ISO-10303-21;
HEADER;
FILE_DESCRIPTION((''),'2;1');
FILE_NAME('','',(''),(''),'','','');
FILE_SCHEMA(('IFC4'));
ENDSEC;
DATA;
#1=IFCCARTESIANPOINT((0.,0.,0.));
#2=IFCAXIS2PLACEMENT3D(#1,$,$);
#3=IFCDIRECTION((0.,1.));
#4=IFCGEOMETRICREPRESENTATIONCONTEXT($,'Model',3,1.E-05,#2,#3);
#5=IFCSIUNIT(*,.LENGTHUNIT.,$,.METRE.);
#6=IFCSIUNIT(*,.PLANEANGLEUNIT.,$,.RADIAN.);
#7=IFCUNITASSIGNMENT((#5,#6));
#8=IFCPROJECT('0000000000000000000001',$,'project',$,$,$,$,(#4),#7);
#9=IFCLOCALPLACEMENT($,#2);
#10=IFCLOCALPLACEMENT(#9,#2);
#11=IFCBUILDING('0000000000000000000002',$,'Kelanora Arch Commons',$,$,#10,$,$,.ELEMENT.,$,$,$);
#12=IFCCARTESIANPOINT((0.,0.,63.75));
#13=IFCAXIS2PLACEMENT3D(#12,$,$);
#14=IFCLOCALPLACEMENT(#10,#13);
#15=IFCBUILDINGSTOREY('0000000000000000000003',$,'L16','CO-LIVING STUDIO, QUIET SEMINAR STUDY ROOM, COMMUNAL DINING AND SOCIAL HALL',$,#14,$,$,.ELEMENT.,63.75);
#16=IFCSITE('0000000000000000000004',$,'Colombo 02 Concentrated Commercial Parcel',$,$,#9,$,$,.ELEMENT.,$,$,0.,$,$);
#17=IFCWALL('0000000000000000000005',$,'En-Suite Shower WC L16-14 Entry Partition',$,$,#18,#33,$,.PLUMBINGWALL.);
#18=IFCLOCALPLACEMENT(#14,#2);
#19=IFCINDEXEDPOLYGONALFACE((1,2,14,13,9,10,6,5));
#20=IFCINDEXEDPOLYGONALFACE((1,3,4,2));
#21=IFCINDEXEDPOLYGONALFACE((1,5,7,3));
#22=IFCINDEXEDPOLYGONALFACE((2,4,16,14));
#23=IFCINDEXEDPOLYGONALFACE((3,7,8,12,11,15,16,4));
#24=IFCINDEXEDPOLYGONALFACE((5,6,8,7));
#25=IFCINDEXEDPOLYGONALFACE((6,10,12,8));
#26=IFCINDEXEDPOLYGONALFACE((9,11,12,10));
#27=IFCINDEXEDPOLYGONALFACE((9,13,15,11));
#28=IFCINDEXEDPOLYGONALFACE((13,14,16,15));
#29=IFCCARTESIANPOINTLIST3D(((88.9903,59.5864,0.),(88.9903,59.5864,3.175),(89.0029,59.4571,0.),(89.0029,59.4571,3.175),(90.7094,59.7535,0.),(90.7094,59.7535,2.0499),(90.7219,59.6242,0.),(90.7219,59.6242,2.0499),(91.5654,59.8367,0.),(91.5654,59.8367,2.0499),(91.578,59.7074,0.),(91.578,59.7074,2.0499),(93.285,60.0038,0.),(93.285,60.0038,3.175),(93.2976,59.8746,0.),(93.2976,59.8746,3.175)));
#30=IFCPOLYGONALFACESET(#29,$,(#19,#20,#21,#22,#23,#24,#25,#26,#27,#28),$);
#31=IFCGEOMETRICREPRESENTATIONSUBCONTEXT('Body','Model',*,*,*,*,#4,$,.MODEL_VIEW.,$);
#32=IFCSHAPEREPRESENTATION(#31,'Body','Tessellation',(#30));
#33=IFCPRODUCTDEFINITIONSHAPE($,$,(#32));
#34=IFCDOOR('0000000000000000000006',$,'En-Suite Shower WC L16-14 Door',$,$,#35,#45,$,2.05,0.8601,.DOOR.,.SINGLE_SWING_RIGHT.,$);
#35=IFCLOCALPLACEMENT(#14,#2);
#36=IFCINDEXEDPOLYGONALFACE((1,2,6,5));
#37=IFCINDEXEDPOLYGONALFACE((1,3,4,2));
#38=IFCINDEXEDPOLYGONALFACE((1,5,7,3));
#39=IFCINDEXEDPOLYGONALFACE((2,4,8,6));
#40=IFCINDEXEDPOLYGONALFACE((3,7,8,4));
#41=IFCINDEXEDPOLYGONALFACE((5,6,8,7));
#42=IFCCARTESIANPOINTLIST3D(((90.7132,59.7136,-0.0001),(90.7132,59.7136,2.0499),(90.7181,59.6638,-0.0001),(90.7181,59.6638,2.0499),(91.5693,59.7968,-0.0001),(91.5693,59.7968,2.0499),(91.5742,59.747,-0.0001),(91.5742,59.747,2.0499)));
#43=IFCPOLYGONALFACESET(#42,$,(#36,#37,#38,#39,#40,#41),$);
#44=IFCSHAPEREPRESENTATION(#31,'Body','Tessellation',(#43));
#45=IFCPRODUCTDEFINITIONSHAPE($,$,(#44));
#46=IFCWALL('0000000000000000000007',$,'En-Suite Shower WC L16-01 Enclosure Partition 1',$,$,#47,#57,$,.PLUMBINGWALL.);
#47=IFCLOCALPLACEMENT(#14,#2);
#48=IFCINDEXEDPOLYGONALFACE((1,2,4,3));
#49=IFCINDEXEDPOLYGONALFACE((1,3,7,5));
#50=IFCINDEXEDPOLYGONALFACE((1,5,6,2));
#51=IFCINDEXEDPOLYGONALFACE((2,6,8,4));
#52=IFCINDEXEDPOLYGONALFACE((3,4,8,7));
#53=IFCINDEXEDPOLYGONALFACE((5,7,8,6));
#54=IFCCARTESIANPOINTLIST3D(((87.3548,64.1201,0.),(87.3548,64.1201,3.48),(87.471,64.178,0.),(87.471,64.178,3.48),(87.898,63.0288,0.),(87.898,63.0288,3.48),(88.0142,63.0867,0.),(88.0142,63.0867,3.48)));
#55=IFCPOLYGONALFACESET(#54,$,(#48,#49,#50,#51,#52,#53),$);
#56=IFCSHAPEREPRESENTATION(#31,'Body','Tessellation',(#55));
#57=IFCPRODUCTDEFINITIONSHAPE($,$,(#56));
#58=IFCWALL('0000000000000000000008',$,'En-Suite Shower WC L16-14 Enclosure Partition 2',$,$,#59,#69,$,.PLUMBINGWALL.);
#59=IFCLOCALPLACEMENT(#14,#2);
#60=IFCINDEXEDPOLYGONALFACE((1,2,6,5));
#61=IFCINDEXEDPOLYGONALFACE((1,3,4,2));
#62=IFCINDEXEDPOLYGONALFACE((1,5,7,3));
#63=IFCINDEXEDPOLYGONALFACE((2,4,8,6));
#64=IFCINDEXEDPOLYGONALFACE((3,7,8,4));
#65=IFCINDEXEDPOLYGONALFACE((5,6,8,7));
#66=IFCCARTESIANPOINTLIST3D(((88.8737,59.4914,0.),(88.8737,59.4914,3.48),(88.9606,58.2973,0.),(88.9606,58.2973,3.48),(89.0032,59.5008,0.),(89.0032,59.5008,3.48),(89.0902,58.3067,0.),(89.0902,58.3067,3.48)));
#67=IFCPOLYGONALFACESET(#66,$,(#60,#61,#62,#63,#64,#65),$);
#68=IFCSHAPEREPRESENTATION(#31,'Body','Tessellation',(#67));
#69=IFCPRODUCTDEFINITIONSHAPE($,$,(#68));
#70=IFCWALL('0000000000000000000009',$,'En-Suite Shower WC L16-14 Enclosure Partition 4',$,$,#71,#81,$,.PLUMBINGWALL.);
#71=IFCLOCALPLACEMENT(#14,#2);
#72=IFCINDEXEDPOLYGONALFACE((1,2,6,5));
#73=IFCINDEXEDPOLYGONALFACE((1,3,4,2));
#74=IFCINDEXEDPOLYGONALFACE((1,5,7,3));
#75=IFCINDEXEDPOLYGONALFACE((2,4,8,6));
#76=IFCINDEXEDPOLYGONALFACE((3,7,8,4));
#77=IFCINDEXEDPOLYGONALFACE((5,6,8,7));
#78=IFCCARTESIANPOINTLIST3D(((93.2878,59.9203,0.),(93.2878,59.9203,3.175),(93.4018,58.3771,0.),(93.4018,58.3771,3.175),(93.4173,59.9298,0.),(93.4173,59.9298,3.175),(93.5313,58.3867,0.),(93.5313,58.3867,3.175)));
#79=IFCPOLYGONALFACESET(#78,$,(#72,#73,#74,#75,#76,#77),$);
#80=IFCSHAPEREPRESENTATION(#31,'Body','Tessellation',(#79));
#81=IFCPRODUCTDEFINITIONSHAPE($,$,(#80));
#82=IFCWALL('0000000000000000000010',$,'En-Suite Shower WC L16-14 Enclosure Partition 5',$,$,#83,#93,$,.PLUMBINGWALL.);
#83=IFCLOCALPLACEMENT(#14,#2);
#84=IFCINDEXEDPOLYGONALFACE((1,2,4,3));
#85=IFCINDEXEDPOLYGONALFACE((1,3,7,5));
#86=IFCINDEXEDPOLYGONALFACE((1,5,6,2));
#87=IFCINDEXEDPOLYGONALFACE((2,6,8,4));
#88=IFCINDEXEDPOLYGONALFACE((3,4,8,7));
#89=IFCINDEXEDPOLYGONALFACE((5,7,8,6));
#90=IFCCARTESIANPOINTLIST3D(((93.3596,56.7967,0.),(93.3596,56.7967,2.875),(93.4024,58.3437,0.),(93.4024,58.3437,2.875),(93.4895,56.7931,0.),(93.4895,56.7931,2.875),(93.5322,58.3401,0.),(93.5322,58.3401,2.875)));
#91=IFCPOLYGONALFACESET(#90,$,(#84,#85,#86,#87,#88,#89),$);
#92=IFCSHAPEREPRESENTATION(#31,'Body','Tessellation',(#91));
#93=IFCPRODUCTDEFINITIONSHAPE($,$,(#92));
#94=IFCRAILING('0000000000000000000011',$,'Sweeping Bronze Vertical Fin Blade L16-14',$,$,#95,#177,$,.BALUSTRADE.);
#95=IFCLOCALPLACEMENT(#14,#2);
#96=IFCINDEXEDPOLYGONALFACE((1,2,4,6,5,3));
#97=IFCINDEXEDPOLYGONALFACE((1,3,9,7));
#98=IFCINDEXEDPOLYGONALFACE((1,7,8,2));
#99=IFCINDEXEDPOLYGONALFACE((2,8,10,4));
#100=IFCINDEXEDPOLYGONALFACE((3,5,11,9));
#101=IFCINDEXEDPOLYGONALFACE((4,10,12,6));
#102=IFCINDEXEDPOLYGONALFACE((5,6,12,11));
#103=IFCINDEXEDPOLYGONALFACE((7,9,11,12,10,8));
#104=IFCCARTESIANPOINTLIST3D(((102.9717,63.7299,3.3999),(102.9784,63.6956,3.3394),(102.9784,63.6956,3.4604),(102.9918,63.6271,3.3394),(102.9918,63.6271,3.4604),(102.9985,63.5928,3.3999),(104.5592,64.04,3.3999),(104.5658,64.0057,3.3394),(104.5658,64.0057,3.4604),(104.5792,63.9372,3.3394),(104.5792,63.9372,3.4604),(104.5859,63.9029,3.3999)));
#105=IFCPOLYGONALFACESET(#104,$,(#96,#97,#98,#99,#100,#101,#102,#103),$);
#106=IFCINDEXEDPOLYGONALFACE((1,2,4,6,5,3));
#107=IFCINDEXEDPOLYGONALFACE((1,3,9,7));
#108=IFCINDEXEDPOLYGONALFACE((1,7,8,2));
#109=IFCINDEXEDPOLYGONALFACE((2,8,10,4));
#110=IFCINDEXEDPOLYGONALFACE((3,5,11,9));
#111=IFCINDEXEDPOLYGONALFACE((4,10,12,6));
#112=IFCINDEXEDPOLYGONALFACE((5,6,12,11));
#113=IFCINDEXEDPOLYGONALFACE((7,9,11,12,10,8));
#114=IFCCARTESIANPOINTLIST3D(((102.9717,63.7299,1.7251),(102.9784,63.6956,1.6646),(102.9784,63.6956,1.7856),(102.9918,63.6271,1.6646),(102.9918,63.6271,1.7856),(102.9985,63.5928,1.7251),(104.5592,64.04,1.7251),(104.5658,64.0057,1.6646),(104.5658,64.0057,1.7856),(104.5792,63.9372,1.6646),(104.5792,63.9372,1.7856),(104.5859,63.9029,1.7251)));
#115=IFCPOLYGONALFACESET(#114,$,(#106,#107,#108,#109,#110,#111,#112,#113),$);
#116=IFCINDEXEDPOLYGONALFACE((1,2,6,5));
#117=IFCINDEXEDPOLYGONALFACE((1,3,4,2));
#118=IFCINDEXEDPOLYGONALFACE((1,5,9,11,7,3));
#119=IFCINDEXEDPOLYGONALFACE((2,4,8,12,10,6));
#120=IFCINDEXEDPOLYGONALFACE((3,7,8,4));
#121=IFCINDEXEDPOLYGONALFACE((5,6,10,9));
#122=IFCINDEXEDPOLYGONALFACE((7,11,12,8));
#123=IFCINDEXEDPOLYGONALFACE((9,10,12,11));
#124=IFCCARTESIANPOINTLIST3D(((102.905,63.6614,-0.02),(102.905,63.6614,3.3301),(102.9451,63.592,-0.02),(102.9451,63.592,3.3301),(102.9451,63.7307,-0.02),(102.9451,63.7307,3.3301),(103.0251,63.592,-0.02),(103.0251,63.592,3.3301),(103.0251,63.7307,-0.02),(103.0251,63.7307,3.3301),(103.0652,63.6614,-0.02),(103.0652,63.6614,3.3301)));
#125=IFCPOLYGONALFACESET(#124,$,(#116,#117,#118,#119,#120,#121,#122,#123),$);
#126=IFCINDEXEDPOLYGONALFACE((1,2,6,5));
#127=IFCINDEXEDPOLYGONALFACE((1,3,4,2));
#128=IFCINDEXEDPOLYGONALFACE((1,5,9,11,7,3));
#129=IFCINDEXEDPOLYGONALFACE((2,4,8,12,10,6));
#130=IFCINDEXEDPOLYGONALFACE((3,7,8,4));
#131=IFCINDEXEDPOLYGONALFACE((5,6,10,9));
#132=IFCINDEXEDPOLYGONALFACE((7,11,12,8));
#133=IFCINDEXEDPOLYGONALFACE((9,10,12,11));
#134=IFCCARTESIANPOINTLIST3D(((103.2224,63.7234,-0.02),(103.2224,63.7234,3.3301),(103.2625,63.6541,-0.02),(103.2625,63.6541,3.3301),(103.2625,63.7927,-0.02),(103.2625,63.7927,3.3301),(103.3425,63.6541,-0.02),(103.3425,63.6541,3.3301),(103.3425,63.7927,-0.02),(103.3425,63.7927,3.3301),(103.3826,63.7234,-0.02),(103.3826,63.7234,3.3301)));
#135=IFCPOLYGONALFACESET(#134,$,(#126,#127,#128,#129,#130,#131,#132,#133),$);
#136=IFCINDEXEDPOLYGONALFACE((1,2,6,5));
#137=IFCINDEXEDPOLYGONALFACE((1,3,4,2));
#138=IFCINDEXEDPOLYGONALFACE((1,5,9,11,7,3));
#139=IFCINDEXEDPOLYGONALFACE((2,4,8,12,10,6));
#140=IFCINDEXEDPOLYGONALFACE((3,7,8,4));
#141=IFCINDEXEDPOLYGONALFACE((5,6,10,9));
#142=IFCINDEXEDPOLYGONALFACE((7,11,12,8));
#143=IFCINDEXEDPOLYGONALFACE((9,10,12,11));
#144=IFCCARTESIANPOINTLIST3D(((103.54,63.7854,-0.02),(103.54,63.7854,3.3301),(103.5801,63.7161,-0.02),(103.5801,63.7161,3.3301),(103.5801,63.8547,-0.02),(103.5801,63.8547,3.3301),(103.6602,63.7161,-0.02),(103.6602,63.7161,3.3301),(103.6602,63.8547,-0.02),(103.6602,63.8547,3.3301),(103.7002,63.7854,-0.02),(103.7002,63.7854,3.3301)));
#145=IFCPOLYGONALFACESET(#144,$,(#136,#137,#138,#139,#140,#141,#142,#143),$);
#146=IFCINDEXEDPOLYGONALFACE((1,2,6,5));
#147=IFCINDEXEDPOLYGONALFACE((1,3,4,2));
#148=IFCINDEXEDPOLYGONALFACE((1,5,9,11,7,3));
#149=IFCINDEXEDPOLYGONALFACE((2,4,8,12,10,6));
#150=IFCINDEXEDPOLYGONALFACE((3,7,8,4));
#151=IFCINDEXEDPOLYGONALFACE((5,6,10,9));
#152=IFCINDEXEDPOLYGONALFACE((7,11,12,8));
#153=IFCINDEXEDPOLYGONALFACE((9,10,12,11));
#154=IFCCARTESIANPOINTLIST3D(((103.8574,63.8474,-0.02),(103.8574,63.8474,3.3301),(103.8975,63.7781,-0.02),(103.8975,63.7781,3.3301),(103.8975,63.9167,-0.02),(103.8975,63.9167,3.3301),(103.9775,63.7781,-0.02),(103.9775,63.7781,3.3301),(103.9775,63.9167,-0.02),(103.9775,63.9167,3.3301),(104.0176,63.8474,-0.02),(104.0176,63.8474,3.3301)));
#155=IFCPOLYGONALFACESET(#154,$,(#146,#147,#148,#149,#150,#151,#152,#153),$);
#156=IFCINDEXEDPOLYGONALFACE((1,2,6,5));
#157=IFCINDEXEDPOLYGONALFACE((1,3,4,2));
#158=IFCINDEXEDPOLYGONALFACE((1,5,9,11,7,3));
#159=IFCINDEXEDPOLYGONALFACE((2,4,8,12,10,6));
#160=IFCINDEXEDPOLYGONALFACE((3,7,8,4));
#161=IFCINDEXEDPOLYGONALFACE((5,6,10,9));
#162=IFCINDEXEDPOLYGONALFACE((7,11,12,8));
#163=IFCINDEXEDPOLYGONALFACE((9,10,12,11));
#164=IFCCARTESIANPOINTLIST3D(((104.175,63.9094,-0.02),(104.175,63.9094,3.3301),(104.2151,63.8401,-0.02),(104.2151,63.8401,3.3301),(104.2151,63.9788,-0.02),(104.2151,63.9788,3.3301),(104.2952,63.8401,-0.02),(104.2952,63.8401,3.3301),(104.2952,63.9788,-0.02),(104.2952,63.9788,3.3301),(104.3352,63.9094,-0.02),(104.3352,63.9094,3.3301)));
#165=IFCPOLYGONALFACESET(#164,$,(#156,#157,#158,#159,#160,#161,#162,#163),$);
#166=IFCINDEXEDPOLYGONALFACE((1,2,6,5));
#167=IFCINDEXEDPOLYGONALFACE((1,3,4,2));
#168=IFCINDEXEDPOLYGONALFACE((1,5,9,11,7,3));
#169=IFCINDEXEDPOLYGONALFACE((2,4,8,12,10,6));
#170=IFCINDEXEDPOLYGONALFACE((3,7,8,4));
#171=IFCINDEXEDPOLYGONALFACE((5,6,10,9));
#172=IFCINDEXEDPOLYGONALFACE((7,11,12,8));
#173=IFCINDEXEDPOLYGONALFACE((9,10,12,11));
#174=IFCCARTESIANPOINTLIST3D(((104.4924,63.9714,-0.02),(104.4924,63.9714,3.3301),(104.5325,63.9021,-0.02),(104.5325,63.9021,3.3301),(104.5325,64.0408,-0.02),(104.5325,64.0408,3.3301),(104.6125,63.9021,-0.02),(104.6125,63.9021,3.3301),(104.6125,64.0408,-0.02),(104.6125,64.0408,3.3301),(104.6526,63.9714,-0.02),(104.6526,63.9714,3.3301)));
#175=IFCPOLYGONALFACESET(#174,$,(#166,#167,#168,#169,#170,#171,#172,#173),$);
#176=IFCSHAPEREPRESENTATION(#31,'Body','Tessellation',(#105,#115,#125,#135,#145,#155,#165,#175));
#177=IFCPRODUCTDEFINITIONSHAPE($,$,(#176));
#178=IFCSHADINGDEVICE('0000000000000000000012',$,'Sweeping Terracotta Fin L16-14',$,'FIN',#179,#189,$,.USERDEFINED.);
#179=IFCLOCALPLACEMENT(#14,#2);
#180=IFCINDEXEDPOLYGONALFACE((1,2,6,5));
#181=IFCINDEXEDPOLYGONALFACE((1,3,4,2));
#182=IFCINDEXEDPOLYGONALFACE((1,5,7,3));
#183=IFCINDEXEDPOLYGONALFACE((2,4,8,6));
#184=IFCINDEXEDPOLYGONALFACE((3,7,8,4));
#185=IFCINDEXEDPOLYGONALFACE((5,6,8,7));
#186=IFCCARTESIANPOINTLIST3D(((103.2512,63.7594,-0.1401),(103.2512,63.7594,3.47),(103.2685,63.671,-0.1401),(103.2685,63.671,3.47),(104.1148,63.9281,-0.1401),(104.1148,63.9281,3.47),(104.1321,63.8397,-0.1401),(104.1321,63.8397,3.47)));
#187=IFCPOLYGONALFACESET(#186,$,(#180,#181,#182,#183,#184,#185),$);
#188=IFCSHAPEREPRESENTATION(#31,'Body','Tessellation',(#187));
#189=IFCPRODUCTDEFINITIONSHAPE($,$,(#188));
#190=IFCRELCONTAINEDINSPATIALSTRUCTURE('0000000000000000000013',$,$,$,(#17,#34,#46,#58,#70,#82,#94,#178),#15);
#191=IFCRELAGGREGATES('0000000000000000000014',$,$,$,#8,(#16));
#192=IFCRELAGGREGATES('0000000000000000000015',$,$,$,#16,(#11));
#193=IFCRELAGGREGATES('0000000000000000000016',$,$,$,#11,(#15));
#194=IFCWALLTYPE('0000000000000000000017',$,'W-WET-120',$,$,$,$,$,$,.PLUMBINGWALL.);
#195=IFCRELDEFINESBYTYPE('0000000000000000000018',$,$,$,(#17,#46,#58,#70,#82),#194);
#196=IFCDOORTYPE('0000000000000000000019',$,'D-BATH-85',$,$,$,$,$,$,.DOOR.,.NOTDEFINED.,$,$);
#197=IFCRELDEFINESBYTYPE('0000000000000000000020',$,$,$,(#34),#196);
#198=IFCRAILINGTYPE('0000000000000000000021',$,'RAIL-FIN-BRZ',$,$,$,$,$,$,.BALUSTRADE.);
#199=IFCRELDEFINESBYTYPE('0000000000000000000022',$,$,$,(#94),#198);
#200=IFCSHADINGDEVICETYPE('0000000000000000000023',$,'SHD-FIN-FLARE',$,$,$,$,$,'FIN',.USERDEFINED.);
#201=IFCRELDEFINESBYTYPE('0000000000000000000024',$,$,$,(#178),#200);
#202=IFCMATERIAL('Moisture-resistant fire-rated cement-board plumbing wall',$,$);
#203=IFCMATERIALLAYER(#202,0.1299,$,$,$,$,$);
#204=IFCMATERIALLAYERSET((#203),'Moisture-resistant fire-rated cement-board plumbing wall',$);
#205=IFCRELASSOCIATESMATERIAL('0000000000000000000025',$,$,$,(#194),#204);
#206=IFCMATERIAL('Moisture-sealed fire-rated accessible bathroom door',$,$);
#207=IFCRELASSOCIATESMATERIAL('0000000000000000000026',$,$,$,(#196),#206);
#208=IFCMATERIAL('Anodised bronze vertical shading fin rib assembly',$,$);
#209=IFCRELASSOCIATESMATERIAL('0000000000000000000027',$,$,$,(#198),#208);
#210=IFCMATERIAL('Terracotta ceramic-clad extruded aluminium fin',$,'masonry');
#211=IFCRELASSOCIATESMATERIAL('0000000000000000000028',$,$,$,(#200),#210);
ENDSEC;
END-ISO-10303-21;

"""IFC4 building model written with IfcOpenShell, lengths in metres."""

from ifc_helpers import new_model, si_unit, direction, frame, frame_2d, origin, origin_2d, place, context, subcontext, project, spatial, polyline, rectangle, outline, extrude, source, transform, mapped, material, layer, layer_set, type_object, element, fill, save


model = new_model("IFC4")

# Units and contexts
model_context = context("Model", 3, precision=1e-05, world=origin(), true_north=direction((0.0, 1.0)))
body_context = subcontext(model_context, "Body", "Model", "MODEL_VIEW")
ifc_project = project(units=[si_unit("LENGTHUNIT", "METRE"), si_unit("PLANEANGLEUNIT", "RADIAN")], contexts=[model_context])

# Site, building, storey
site_placement = place(None, origin())
site = spatial("IfcSite", under=ifc_project, at=site_placement, Name="Colombo 02 Concentrated Commercial Parcel", CompositionType="ELEMENT", RefElevation=0.0)
building_placement = place(site_placement, origin())
building = spatial("IfcBuilding", under=site, at=building_placement, Name="Kelanora Arch Commons", CompositionType="ELEMENT")
storey_placement = place(building_placement, frame((0.0, 0.0, 63.75)))
storey = spatial("IfcBuildingStorey", under=building, at=storey_placement, Name="L16", Description="CO-LIVING STUDIO, QUIET SEMINAR STUDY ROOM, COMMUNAL DINING AND SOCIAL HALL", CompositionType="ELEMENT", Elevation=63.75)

# Wall, opening, door
ifc_material_1 = material(Name="Moisture-resistant fire-rated cement-board plumbing wall")
ifc_layer_1 = layer(ifc_material_1, 0.1299)
ifc_layer_set_1 = layer_set([ifc_layer_1], Name="Moisture-resistant fire-rated cement-board plumbing wall")
wall_type_1 = type_object("IfcWallType", Name="W-WET-120", PredefinedType="PLUMBINGWALL", material=ifc_layer_set_1)
wall_1_placement = place(storey_placement, frame((88.9966, 59.5217, 0.0), z_axis=(0.0, 0.0, 1.0), x_axis=(0.995308, 0.096753, 0.0)))
wall_1 = element("IfcWall", 1, at=wall_1_placement, inside=storey, type_object=wall_type_1, Name="En-Suite Shower WC L16-14 Entry Partition", PredefinedType="PLUMBINGWALL", context=body_context, shape_type="SweptSolid", body=[
    extrude(rectangle(XDim=4.3149, YDim=0.1299, at=frame_2d((2.1575, 0.0))), origin(), (0.0, 0.0, 1.0), 3.175),
])
opening_1_placement = place(wall_1_placement, frame((1.7271, 0.0, 0.0)))
opening_1 = element("IfcOpeningElement", 2, at=opening_1_placement, cuts=wall_1, PredefinedType="OPENING", context=body_context, shape_type="SweptSolid", body=[
    extrude(rectangle(XDim=0.8601, YDim=2.05, at=frame_2d((0.4302, 1.0249))), frame((0.0, 0.075, 0.0), z_axis=(0.0, -1.0, 0.0), x_axis=(1.0, 0.0, 0.0)), (0.0, 0.0, 1.0), 0.1499),
])
ifc_material_2 = material(Name="Moisture-sealed fire-rated accessible bathroom door")
door_type_1 = type_object("IfcDoorType", Name="D-BATH-85", OperationType="NOTDEFINED", PredefinedType="DOOR", material=ifc_material_2)
door_1_placement = place(opening_1_placement, origin())
door_1 = element("IfcDoor", 3, at=door_1_placement, inside=storey, type_object=door_type_1, Name="En-Suite Shower WC L16-14 Door", OperationType="SINGLE_SWING_RIGHT", OverallHeight=2.05, OverallWidth=0.8601, PredefinedType="DOOR", context=body_context, shape_type="SweptSolid", body=[
    extrude(rectangle(XDim=0.8601, YDim=2.05, at=frame_2d((0.4302, 1.0249))), frame((0.0, 0.0249, 0.0), z_axis=(0.0, -1.0, 0.0), x_axis=(1.0, 0.0, 0.0)), (0.0, 0.0, 1.0), 0.05),
])
fill(opening_1, door_1)

# Walls
wall_2_placement = place(storey_placement, frame((87.9561, 63.0579, 0.0), z_axis=(0.0, 0.0, 1.0), x_axis=(-0.445611, 0.895227, 0.0)))
element("IfcWall", 4, at=wall_2_placement, inside=storey, type_object=wall_type_1, Name="En-Suite Shower WC L16-01 Enclosure Partition 1", PredefinedType="PLUMBINGWALL", context=body_context, shape_type="SweptSolid", body=[
    extrude(rectangle(XDim=1.219, YDim=0.1299, at=frame_2d((0.6094, 0.0))), origin(), (0.0, 0.0, 1.0), 3.48),
])
wall_3_placement = place(storey_placement, frame((89.0254, 58.302, 0.0), z_axis=(0.0, 0.0, 1.0), x_axis=(-0.072595, 0.997362, 0.0)))
element("IfcWall", 5, at=wall_3_placement, inside=storey, type_object=wall_type_1, Name="En-Suite Shower WC L16-14 Enclosure Partition 2", PredefinedType="PLUMBINGWALL", context=body_context, shape_type="SweptSolid", body=[
    extrude(rectangle(XDim=1.1973, YDim=0.1299, at=frame_2d((0.5986, 0.0))), origin(), (0.0, 0.0, 1.0), 3.48),
])
wall_4_placement = place(storey_placement, frame((93.3525, 59.925, 0.0), z_axis=(0.0, 0.0, 1.0), x_axis=(0.07368, -0.997282, 0.0)))
element("IfcWall", 6, at=wall_4_placement, inside=storey, type_object=wall_type_1, Name="En-Suite Shower WC L16-14 Enclosure Partition 4", PredefinedType="PLUMBINGWALL", context=body_context, shape_type="SweptSolid", body=[
    extrude(rectangle(XDim=1.5474, YDim=0.1299, at=frame_2d((0.7737, 0.0))), origin(), (0.0, 0.0, 1.0), 3.175),
])
wall_5_placement = place(storey_placement, frame((93.4673, 58.342, 0.0), z_axis=(0.0, 0.0, 1.0), x_axis=(-0.027605, -0.999619, 0.0)))
element("IfcWall", 7, at=wall_5_placement, inside=storey, type_object=wall_type_1, Name="En-Suite Shower WC L16-14 Enclosure Partition 5", PredefinedType="PLUMBINGWALL", context=body_context, shape_type="SweptSolid", body=[
    extrude(rectangle(XDim=1.5476, YDim=0.1299, at=frame_2d((0.7739, 0.0))), origin(), (0.0, 0.0, 1.0), 2.875),
])

# Railing
ifc_material_3 = material(Name="Anodised bronze vertical shading fin rib assembly")
railing_type_1 = type_object("IfcRailingType", Name="RAIL-FIN-BRZ", PredefinedType="BALUSTRADE", material=ifc_material_3)
railing_1_placement = place(storey_placement, frame((102.9851, 63.6614, -0.02)))
element("IfcRailing", 8, at=railing_1_placement, inside=storey, type_object=railing_type_1, Name="Sweeping Bronze Vertical Fin Blade L16-14", PredefinedType="BALUSTRADE", context=body_context, shape_type="SweptSolid", body=[
    extrude(outline(polyline([(0.0698, 0.0), (0.0349, 0.0605), (-0.0349, 0.0605), (-0.0698, 0.0), (-0.0349, -0.0605), (0.0349, -0.0605), (0.0698, 0.0)])), frame((0.0, 0.0, 3.4199), z_axis=(0.981453, 0.191702, 0.0), x_axis=(-0.191702, 0.981453, 0.0)), (0.0, 0.0, 1.0), 1.6174),
    extrude(outline(polyline([(0.0698, 0.0), (0.0349, 0.0605), (-0.0349, 0.0605), (-0.0698, 0.0), (-0.0349, -0.0605), (0.0349, -0.0605), (0.0698, 0.0)])), frame((0.0, 0.0, 1.7451), z_axis=(0.981453, 0.191702, 0.0), x_axis=(-0.191702, 0.981453, 0.0)), (0.0, 0.0, 1.0), 1.6174),
    extrude(outline(polyline([(0.0801, 0.0), (0.04, 0.0693), (-0.04, 0.0693), (-0.0801, 0.0), (-0.04, -0.0693), (0.04, -0.0693), (0.0801, 0.0)])), origin(), (0.0, 0.0, 1.0), 3.3501),
    extrude(outline(polyline([(0.0801, 0.0), (0.04, 0.0693), (-0.04, 0.0693), (-0.0801, 0.0), (-0.04, -0.0693), (0.04, -0.0693), (0.0801, 0.0)])), frame((0.3174, 0.062, 0.0)), (0.0, 0.0, 1.0), 3.3501),
    extrude(outline(polyline([(0.0801, 0.0), (0.04, 0.0693), (-0.04, 0.0693), (-0.0801, 0.0), (-0.04, -0.0693), (0.04, -0.0693), (0.0801, 0.0)])), frame((0.635, 0.124, 0.0)), (0.0, 0.0, 1.0), 3.3501),
    extrude(outline(polyline([(0.0801, 0.0), (0.04, 0.0693), (-0.04, 0.0693), (-0.0801, 0.0), (-0.04, -0.0693), (0.04, -0.0693), (0.0801, 0.0)])), frame((0.9524, 0.186, 0.0)), (0.0, 0.0, 1.0), 3.3501),
    extrude(outline(polyline([(0.0801, 0.0), (0.04, 0.0693), (-0.04, 0.0693), (-0.0801, 0.0), (-0.04, -0.0693), (0.04, -0.0693), (0.0801, 0.0)])), frame((1.27, 0.248, 0.0)), (0.0, 0.0, 1.0), 3.3501),
    extrude(outline(polyline([(0.0801, 0.0), (0.04, 0.0693), (-0.04, 0.0693), (-0.0801, 0.0), (-0.04, -0.0693), (0.04, -0.0693), (0.0801, 0.0)])), frame((1.5874, 0.3101, 0.0)), (0.0, 0.0, 1.0), 3.3501),
])

# Shading device
ifc_material_4 = material(Name="Terracotta ceramic-clad extruded aluminium fin", Category="masonry")
shading_device_type = type_object("IfcShadingDeviceType", Name="SHD-FIN-FLARE", ElementType="FIN", PredefinedType="USERDEFINED", material=ifc_material_4)
shared_shape_1 = source(origin(), body_context, "Body", "SweptSolid", [
    extrude(rectangle(XDim=0.8799, YDim=0.0901, at=origin_2d()), origin(), (0.0, 0.0, 1.0), 3.6101),
])
shading_device_placement = place(storey_placement, frame((103.6917, 63.7996, -0.1401), z_axis=(0.0, 0.0, 1.0), x_axis=(0.98146, 0.191666, 0.0)))
element("IfcShadingDevice", 9, at=shading_device_placement, inside=storey, type_object=shading_device_type, Name="Sweeping Terracotta Fin L16-14", ObjectType="FIN", PredefinedType="USERDEFINED", context=body_context, shape_type="MappedRepresentation", body=[
    mapped(shared_shape_1, transform((0.0, 0.0, 0.0), scale=1.0)),
])

save(model, "model.ifc")
